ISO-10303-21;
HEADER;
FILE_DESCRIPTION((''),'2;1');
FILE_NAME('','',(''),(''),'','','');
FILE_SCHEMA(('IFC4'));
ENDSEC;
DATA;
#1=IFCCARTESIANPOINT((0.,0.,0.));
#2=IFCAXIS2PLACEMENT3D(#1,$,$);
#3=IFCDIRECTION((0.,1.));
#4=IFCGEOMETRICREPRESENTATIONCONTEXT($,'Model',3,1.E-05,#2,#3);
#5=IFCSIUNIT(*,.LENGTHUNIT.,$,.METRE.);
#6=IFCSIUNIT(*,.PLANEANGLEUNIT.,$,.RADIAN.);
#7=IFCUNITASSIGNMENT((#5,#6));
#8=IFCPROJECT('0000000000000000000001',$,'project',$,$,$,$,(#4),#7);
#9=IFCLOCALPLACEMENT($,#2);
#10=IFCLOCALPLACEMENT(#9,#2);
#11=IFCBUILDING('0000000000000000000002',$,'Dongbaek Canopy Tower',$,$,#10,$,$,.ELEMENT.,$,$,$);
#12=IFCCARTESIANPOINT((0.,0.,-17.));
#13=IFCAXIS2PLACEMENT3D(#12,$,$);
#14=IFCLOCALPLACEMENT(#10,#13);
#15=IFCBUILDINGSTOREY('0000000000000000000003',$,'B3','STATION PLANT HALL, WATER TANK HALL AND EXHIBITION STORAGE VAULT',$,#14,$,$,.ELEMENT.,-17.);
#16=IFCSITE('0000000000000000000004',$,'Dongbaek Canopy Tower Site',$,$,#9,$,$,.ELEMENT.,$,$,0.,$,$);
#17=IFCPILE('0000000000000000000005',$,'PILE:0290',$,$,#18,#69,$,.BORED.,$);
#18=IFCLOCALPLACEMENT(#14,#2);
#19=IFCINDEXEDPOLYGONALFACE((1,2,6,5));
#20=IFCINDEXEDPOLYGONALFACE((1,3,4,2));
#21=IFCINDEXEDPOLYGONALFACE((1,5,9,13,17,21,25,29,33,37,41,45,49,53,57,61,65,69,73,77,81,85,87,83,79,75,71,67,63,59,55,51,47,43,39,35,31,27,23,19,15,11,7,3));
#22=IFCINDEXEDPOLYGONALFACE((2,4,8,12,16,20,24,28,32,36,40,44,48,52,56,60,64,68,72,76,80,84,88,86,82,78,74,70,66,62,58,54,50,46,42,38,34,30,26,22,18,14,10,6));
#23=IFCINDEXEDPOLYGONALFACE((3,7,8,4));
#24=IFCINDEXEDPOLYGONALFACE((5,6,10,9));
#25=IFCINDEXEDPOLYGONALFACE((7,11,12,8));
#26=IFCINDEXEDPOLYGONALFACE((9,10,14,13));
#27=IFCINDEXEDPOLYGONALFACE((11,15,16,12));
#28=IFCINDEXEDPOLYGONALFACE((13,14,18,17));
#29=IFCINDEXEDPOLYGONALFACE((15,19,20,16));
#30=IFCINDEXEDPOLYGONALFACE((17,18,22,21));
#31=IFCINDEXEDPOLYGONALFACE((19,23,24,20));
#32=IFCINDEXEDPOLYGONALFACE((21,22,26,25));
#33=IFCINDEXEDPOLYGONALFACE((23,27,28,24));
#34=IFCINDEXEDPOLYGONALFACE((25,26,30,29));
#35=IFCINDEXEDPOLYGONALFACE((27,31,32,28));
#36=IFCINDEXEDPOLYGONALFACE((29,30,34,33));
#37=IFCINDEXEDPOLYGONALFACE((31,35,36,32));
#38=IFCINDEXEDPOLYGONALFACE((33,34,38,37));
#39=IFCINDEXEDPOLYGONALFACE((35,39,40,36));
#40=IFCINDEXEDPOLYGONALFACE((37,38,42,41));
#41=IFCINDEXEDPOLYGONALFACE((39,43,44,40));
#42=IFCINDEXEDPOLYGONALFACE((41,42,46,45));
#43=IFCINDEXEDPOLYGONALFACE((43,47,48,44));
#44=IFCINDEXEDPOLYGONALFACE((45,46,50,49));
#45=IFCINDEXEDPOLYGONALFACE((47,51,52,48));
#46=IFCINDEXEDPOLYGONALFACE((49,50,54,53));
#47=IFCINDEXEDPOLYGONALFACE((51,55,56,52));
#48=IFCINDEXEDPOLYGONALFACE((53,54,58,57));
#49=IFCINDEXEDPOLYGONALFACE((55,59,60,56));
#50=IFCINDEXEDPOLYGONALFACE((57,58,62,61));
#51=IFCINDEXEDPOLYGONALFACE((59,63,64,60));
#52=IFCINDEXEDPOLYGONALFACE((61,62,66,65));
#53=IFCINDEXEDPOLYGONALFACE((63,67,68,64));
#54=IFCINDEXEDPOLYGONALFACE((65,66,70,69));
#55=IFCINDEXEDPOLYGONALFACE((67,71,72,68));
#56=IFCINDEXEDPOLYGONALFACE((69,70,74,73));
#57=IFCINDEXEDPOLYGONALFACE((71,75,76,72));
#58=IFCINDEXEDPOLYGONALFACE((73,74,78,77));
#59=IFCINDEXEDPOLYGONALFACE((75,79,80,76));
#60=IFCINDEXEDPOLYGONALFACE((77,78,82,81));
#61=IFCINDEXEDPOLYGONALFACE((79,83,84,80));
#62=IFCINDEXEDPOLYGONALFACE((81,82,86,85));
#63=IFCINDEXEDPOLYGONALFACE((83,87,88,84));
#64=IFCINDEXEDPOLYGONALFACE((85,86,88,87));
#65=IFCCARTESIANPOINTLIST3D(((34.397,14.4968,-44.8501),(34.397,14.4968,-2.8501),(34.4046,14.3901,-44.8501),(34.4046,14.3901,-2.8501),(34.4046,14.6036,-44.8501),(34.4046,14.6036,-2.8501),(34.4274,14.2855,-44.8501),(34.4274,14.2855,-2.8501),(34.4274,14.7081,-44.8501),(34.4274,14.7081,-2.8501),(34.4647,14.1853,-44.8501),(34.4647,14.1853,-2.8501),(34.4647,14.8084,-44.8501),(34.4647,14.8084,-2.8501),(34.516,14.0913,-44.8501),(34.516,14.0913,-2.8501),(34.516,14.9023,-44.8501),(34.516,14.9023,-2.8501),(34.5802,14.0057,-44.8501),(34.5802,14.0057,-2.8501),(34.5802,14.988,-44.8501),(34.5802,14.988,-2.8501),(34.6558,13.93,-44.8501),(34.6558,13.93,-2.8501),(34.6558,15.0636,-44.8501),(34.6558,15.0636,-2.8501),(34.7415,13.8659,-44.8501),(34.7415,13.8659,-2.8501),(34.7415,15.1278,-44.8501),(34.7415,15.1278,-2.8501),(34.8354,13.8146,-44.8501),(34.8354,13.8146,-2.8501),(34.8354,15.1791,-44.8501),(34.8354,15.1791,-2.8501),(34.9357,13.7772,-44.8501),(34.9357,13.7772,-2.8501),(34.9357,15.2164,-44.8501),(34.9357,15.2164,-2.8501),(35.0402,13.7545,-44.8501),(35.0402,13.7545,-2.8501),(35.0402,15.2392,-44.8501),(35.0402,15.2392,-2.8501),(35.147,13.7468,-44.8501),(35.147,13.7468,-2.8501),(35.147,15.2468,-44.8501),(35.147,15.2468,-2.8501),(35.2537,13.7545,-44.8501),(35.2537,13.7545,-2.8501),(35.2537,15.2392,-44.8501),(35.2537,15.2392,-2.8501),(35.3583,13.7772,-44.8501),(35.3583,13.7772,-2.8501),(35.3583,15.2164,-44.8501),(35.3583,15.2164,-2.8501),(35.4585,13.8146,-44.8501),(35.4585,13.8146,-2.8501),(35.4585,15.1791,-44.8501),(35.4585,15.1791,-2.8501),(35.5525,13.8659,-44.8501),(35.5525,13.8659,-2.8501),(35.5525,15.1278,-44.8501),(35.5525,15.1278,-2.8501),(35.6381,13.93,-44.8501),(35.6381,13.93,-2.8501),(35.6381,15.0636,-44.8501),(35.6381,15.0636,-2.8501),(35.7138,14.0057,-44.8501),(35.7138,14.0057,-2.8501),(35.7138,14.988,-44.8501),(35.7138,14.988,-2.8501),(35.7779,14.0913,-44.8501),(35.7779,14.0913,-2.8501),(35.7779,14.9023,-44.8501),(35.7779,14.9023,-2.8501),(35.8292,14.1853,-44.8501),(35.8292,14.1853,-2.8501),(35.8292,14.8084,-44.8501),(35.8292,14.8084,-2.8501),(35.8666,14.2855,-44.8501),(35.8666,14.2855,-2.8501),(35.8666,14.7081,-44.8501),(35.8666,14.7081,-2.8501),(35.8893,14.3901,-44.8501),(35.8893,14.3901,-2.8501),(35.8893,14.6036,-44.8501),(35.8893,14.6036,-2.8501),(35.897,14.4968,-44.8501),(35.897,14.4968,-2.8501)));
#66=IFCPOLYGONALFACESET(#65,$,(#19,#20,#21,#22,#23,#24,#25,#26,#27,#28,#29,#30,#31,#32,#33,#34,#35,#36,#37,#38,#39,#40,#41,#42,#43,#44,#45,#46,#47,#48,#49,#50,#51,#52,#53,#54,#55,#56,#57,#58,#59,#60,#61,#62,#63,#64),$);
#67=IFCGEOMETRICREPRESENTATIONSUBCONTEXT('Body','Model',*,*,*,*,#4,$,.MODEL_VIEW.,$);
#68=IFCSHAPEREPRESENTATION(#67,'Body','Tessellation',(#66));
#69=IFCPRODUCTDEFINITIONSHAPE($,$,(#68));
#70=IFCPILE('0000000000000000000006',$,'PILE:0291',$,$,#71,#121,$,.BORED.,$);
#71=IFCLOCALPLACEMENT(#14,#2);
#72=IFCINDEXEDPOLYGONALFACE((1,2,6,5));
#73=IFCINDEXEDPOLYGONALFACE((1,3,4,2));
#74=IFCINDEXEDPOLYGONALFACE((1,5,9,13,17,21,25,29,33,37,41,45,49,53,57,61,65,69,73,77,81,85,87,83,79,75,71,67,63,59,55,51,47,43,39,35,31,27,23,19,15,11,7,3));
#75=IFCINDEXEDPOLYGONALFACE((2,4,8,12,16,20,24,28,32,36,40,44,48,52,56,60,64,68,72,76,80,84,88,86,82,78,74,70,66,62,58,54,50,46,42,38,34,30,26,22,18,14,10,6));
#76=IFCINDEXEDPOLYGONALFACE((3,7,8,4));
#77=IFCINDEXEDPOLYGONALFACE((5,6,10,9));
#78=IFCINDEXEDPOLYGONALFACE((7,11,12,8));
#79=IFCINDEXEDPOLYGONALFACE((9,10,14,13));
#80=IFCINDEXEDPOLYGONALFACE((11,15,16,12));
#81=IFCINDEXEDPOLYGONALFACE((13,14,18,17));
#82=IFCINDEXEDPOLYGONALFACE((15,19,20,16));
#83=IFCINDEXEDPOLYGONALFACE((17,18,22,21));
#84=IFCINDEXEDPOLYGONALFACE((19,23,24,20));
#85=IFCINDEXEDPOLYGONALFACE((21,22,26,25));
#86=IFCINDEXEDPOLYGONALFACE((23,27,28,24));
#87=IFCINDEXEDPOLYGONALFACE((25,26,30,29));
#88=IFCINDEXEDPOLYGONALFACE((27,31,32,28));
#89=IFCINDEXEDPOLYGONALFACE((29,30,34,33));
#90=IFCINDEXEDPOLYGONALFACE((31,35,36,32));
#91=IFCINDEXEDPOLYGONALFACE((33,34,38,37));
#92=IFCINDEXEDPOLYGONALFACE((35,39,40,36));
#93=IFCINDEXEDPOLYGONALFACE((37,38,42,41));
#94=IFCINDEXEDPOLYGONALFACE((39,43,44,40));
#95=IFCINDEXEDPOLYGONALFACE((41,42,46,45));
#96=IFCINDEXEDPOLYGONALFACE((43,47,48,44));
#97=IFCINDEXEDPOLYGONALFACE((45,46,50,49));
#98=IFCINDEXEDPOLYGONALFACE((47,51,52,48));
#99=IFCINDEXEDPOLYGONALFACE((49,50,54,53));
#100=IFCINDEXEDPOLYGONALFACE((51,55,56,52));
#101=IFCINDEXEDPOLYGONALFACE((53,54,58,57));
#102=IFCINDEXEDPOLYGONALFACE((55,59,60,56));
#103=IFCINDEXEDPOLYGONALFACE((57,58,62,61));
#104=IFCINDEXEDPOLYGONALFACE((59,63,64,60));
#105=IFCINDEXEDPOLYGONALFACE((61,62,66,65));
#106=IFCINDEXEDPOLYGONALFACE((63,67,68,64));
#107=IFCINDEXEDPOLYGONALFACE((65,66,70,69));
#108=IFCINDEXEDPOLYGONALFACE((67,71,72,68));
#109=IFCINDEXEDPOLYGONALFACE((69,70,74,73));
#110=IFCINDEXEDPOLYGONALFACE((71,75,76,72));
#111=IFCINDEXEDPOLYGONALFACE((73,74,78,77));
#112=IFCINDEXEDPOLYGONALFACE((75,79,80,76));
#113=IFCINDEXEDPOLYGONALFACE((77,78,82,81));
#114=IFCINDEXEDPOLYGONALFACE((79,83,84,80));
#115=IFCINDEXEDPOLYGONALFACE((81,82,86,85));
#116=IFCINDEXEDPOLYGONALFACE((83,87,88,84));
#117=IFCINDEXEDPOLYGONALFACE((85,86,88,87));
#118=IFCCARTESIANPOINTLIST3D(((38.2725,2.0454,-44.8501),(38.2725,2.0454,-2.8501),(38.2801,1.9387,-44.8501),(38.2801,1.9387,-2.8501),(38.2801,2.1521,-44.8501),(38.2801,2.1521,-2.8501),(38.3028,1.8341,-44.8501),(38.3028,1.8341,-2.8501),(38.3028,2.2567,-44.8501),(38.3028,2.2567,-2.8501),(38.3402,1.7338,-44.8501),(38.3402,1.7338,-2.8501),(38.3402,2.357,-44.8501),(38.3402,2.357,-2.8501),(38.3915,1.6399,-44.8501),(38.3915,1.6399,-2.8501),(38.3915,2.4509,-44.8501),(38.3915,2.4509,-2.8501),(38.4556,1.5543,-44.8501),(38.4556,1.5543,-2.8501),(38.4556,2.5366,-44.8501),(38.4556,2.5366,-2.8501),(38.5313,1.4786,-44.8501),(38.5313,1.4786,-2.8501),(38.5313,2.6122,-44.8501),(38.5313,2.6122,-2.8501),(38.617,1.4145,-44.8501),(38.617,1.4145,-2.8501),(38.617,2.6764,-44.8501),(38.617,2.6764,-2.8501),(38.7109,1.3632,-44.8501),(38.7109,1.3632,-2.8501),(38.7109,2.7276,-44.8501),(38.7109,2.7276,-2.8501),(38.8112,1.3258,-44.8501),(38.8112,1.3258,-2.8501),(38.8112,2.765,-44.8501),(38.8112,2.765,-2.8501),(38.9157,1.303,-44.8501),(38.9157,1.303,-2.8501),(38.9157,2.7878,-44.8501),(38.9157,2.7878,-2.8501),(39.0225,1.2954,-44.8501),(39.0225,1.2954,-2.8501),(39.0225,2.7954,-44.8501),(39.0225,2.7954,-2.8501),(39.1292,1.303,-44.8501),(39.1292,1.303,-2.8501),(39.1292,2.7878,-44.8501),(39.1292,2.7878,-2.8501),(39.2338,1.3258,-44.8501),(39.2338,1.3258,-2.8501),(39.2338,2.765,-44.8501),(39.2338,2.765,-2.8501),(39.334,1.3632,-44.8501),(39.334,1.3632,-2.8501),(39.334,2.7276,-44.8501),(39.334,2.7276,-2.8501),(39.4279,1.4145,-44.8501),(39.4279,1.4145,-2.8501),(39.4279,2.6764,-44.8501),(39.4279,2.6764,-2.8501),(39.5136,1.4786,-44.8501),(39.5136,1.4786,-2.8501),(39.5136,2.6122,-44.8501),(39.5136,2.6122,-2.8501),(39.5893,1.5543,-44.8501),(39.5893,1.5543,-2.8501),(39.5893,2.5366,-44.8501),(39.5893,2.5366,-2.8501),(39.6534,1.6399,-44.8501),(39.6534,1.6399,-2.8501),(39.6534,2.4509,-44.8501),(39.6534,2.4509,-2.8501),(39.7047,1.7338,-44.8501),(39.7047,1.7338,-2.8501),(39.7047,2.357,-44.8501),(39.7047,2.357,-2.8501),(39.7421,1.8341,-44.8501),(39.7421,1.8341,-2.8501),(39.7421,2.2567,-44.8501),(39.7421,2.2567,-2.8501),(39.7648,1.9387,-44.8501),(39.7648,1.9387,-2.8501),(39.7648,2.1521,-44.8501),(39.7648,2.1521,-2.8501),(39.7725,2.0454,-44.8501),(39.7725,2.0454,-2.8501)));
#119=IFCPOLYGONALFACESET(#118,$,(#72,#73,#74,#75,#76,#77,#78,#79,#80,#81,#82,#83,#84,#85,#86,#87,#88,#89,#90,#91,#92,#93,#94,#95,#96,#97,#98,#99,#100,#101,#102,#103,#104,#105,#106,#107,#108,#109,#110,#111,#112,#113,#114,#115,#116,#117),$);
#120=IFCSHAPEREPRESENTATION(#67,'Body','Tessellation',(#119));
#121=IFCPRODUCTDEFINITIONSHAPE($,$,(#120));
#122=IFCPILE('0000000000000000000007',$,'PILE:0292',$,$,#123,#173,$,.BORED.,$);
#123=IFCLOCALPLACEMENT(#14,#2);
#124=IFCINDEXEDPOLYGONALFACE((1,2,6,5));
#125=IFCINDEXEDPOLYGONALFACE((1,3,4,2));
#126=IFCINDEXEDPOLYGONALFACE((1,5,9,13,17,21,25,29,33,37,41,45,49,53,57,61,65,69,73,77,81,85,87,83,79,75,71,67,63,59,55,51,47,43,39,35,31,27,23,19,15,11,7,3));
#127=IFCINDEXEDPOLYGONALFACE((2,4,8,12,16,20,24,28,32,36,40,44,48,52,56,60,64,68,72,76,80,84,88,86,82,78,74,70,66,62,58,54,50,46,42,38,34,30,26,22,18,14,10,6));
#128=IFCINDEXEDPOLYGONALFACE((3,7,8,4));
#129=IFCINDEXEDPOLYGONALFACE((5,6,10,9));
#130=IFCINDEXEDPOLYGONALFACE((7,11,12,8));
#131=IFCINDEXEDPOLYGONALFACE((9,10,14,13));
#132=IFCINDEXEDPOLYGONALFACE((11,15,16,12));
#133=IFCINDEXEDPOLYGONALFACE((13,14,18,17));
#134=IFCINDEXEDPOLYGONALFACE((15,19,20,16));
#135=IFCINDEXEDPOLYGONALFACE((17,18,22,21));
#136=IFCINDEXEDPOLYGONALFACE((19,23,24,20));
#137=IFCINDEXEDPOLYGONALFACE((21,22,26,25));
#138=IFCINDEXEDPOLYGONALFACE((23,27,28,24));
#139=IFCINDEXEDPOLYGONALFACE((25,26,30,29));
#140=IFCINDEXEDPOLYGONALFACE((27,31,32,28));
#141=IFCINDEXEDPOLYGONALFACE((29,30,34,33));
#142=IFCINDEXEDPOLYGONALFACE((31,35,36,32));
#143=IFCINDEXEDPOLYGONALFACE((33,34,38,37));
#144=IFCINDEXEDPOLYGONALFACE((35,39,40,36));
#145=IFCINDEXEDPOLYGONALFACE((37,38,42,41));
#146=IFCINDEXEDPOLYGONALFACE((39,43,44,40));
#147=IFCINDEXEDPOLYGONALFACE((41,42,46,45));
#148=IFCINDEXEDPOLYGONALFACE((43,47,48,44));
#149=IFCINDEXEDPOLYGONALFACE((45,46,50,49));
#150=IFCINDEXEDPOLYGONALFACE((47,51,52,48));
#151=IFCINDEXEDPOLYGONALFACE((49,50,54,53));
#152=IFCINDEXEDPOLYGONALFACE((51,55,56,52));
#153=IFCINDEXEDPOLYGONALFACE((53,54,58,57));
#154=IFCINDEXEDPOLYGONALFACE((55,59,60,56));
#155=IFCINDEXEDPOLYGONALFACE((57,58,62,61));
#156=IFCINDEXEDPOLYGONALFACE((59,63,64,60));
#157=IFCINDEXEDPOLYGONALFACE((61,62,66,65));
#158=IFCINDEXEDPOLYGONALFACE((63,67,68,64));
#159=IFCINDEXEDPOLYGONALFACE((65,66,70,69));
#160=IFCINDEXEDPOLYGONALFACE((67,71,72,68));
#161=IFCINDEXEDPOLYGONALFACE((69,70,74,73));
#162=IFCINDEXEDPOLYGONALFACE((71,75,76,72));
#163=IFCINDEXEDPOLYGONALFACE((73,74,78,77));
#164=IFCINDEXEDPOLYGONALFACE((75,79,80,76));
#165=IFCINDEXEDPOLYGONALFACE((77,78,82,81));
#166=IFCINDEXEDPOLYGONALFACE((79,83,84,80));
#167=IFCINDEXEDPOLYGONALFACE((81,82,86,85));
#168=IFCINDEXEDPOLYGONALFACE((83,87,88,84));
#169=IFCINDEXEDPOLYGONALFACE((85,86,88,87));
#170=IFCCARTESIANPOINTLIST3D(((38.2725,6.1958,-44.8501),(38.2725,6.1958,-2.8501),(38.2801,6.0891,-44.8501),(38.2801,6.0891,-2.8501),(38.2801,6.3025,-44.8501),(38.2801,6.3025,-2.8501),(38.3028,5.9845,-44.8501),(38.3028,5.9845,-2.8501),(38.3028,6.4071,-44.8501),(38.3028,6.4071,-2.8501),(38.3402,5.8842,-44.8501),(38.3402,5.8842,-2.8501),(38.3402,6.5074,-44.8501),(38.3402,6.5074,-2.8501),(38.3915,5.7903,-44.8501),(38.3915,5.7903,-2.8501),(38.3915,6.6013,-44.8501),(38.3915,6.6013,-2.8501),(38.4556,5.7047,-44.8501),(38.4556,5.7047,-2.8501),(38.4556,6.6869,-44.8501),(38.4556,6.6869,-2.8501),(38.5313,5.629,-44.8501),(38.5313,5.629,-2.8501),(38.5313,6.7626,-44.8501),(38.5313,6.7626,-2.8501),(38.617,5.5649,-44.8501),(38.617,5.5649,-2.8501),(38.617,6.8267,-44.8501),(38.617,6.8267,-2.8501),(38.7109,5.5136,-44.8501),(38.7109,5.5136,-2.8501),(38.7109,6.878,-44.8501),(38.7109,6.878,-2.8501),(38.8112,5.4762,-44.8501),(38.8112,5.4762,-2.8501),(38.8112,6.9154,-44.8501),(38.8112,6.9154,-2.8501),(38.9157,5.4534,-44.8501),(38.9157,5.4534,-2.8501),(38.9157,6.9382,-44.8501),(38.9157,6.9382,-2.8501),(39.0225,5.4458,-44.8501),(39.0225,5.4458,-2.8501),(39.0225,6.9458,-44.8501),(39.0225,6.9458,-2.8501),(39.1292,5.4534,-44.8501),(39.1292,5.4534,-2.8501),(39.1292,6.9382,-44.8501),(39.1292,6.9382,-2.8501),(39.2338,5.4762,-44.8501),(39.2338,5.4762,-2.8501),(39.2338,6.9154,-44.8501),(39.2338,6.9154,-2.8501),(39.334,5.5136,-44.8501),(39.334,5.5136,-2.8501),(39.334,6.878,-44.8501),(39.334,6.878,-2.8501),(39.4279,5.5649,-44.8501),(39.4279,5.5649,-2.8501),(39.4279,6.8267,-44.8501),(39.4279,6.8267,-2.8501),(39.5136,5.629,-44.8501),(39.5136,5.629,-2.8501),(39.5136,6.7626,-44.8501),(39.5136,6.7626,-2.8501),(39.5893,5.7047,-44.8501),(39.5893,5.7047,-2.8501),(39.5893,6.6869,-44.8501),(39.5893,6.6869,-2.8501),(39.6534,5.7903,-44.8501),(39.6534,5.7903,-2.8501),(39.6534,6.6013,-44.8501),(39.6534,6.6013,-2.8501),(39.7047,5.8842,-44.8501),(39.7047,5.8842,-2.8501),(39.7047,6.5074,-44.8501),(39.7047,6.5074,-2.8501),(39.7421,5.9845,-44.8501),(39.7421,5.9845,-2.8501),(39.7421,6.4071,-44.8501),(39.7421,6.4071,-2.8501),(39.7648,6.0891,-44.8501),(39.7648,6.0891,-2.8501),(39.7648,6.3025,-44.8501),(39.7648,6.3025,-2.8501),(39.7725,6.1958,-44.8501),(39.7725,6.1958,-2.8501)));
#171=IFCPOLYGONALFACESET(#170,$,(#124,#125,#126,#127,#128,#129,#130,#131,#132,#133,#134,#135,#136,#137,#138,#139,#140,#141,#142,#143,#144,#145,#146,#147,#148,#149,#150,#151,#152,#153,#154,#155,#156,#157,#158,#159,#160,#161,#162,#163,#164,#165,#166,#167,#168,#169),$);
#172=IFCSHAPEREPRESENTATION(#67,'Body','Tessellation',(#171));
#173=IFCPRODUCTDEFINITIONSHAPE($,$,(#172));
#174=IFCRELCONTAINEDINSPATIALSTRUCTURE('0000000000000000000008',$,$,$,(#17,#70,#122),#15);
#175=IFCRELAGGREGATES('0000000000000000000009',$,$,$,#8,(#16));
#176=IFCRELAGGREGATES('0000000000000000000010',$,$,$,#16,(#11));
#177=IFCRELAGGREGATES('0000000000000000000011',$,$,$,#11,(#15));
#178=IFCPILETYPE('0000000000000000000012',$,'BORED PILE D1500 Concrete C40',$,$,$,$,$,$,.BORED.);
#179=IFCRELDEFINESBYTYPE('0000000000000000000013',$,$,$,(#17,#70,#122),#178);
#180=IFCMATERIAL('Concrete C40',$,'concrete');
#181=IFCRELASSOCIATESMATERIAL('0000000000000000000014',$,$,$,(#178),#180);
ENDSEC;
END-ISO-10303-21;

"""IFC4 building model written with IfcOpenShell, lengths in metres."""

from ifc_helpers import new_model, si_unit, direction, frame, origin, origin_2d, place, context, subcontext, project, spatial, circle, extrude, material, material_profile, profile_set, type_object, element, save


model = new_model("IFC4")

# Units and contexts
model_context = context("Model", 3, precision=1e-05, world=origin(), true_north=direction((0.0, 1.0)))
body_context = subcontext(model_context, "Body", "Model", "MODEL_VIEW")
ifc_project = project(units=[si_unit("LENGTHUNIT", "METRE"), si_unit("PLANEANGLEUNIT", "RADIAN")], contexts=[model_context])

# Site, building, storey
site_placement = place(None, origin())
site = spatial("IfcSite", under=ifc_project, at=site_placement, Name="Dongbaek Canopy Tower Site", CompositionType="ELEMENT", RefElevation=0.0)
building_placement = place(site_placement, origin())
building = spatial("IfcBuilding", under=site, at=building_placement, Name="Dongbaek Canopy Tower", CompositionType="ELEMENT")
storey_placement = place(building_placement, frame((0.0, 0.0, -17.0)))
storey = spatial("IfcBuildingStorey", under=building, at=storey_placement, Name="B3", Description="STATION PLANT HALL, WATER TANK HALL AND EXHIBITION STORAGE VAULT", CompositionType="ELEMENT", Elevation=-17.0)

# Piles
ifc_material_1 = material(Name="Concrete C40", Category="concrete")
ifc_material_profile_1 = material_profile(ifc_material_1, circle(Radius=0.75, at=origin_2d()), Name="BORED PILE D1500 Concrete C40")
ifc_profile_set_1 = profile_set([ifc_material_profile_1], Name="Concrete C40")
pile_type = type_object("IfcPileType", Name="BORED PILE D1500 Concrete C40", PredefinedType="BORED", material=ifc_profile_set_1)
for number, where, z_axis, x_axis, name in (
    (1, (35.147, 14.4968, -2.8501), (0.0, 0.0, -1.0), (1.0, 0.0, 0.0), "PILE:0290"),
    (2, (39.0225, 2.0454, -2.8501), (0.0, 0.0, -1.0), (1.0, 0.0, 0.0), "PILE:0291"),
    (3, (39.0225, 6.1958, -2.8501), (0.0, 0.0, -1.0), (1.0, 0.0, 0.0), "PILE:0292"),
):
    element("IfcPile", number, at=place(storey_placement, frame(where, z_axis=z_axis, x_axis=x_axis)), inside=storey, type_object=pile_type, Name=name, PredefinedType="BORED", context=body_context, shape_type="SweptSolid", body=[
        extrude(circle(Radius=0.75, at=origin_2d()), origin(), (0.0, 0.0, 1.0), 42.0),
    ])

save(model, "model.ifc")
